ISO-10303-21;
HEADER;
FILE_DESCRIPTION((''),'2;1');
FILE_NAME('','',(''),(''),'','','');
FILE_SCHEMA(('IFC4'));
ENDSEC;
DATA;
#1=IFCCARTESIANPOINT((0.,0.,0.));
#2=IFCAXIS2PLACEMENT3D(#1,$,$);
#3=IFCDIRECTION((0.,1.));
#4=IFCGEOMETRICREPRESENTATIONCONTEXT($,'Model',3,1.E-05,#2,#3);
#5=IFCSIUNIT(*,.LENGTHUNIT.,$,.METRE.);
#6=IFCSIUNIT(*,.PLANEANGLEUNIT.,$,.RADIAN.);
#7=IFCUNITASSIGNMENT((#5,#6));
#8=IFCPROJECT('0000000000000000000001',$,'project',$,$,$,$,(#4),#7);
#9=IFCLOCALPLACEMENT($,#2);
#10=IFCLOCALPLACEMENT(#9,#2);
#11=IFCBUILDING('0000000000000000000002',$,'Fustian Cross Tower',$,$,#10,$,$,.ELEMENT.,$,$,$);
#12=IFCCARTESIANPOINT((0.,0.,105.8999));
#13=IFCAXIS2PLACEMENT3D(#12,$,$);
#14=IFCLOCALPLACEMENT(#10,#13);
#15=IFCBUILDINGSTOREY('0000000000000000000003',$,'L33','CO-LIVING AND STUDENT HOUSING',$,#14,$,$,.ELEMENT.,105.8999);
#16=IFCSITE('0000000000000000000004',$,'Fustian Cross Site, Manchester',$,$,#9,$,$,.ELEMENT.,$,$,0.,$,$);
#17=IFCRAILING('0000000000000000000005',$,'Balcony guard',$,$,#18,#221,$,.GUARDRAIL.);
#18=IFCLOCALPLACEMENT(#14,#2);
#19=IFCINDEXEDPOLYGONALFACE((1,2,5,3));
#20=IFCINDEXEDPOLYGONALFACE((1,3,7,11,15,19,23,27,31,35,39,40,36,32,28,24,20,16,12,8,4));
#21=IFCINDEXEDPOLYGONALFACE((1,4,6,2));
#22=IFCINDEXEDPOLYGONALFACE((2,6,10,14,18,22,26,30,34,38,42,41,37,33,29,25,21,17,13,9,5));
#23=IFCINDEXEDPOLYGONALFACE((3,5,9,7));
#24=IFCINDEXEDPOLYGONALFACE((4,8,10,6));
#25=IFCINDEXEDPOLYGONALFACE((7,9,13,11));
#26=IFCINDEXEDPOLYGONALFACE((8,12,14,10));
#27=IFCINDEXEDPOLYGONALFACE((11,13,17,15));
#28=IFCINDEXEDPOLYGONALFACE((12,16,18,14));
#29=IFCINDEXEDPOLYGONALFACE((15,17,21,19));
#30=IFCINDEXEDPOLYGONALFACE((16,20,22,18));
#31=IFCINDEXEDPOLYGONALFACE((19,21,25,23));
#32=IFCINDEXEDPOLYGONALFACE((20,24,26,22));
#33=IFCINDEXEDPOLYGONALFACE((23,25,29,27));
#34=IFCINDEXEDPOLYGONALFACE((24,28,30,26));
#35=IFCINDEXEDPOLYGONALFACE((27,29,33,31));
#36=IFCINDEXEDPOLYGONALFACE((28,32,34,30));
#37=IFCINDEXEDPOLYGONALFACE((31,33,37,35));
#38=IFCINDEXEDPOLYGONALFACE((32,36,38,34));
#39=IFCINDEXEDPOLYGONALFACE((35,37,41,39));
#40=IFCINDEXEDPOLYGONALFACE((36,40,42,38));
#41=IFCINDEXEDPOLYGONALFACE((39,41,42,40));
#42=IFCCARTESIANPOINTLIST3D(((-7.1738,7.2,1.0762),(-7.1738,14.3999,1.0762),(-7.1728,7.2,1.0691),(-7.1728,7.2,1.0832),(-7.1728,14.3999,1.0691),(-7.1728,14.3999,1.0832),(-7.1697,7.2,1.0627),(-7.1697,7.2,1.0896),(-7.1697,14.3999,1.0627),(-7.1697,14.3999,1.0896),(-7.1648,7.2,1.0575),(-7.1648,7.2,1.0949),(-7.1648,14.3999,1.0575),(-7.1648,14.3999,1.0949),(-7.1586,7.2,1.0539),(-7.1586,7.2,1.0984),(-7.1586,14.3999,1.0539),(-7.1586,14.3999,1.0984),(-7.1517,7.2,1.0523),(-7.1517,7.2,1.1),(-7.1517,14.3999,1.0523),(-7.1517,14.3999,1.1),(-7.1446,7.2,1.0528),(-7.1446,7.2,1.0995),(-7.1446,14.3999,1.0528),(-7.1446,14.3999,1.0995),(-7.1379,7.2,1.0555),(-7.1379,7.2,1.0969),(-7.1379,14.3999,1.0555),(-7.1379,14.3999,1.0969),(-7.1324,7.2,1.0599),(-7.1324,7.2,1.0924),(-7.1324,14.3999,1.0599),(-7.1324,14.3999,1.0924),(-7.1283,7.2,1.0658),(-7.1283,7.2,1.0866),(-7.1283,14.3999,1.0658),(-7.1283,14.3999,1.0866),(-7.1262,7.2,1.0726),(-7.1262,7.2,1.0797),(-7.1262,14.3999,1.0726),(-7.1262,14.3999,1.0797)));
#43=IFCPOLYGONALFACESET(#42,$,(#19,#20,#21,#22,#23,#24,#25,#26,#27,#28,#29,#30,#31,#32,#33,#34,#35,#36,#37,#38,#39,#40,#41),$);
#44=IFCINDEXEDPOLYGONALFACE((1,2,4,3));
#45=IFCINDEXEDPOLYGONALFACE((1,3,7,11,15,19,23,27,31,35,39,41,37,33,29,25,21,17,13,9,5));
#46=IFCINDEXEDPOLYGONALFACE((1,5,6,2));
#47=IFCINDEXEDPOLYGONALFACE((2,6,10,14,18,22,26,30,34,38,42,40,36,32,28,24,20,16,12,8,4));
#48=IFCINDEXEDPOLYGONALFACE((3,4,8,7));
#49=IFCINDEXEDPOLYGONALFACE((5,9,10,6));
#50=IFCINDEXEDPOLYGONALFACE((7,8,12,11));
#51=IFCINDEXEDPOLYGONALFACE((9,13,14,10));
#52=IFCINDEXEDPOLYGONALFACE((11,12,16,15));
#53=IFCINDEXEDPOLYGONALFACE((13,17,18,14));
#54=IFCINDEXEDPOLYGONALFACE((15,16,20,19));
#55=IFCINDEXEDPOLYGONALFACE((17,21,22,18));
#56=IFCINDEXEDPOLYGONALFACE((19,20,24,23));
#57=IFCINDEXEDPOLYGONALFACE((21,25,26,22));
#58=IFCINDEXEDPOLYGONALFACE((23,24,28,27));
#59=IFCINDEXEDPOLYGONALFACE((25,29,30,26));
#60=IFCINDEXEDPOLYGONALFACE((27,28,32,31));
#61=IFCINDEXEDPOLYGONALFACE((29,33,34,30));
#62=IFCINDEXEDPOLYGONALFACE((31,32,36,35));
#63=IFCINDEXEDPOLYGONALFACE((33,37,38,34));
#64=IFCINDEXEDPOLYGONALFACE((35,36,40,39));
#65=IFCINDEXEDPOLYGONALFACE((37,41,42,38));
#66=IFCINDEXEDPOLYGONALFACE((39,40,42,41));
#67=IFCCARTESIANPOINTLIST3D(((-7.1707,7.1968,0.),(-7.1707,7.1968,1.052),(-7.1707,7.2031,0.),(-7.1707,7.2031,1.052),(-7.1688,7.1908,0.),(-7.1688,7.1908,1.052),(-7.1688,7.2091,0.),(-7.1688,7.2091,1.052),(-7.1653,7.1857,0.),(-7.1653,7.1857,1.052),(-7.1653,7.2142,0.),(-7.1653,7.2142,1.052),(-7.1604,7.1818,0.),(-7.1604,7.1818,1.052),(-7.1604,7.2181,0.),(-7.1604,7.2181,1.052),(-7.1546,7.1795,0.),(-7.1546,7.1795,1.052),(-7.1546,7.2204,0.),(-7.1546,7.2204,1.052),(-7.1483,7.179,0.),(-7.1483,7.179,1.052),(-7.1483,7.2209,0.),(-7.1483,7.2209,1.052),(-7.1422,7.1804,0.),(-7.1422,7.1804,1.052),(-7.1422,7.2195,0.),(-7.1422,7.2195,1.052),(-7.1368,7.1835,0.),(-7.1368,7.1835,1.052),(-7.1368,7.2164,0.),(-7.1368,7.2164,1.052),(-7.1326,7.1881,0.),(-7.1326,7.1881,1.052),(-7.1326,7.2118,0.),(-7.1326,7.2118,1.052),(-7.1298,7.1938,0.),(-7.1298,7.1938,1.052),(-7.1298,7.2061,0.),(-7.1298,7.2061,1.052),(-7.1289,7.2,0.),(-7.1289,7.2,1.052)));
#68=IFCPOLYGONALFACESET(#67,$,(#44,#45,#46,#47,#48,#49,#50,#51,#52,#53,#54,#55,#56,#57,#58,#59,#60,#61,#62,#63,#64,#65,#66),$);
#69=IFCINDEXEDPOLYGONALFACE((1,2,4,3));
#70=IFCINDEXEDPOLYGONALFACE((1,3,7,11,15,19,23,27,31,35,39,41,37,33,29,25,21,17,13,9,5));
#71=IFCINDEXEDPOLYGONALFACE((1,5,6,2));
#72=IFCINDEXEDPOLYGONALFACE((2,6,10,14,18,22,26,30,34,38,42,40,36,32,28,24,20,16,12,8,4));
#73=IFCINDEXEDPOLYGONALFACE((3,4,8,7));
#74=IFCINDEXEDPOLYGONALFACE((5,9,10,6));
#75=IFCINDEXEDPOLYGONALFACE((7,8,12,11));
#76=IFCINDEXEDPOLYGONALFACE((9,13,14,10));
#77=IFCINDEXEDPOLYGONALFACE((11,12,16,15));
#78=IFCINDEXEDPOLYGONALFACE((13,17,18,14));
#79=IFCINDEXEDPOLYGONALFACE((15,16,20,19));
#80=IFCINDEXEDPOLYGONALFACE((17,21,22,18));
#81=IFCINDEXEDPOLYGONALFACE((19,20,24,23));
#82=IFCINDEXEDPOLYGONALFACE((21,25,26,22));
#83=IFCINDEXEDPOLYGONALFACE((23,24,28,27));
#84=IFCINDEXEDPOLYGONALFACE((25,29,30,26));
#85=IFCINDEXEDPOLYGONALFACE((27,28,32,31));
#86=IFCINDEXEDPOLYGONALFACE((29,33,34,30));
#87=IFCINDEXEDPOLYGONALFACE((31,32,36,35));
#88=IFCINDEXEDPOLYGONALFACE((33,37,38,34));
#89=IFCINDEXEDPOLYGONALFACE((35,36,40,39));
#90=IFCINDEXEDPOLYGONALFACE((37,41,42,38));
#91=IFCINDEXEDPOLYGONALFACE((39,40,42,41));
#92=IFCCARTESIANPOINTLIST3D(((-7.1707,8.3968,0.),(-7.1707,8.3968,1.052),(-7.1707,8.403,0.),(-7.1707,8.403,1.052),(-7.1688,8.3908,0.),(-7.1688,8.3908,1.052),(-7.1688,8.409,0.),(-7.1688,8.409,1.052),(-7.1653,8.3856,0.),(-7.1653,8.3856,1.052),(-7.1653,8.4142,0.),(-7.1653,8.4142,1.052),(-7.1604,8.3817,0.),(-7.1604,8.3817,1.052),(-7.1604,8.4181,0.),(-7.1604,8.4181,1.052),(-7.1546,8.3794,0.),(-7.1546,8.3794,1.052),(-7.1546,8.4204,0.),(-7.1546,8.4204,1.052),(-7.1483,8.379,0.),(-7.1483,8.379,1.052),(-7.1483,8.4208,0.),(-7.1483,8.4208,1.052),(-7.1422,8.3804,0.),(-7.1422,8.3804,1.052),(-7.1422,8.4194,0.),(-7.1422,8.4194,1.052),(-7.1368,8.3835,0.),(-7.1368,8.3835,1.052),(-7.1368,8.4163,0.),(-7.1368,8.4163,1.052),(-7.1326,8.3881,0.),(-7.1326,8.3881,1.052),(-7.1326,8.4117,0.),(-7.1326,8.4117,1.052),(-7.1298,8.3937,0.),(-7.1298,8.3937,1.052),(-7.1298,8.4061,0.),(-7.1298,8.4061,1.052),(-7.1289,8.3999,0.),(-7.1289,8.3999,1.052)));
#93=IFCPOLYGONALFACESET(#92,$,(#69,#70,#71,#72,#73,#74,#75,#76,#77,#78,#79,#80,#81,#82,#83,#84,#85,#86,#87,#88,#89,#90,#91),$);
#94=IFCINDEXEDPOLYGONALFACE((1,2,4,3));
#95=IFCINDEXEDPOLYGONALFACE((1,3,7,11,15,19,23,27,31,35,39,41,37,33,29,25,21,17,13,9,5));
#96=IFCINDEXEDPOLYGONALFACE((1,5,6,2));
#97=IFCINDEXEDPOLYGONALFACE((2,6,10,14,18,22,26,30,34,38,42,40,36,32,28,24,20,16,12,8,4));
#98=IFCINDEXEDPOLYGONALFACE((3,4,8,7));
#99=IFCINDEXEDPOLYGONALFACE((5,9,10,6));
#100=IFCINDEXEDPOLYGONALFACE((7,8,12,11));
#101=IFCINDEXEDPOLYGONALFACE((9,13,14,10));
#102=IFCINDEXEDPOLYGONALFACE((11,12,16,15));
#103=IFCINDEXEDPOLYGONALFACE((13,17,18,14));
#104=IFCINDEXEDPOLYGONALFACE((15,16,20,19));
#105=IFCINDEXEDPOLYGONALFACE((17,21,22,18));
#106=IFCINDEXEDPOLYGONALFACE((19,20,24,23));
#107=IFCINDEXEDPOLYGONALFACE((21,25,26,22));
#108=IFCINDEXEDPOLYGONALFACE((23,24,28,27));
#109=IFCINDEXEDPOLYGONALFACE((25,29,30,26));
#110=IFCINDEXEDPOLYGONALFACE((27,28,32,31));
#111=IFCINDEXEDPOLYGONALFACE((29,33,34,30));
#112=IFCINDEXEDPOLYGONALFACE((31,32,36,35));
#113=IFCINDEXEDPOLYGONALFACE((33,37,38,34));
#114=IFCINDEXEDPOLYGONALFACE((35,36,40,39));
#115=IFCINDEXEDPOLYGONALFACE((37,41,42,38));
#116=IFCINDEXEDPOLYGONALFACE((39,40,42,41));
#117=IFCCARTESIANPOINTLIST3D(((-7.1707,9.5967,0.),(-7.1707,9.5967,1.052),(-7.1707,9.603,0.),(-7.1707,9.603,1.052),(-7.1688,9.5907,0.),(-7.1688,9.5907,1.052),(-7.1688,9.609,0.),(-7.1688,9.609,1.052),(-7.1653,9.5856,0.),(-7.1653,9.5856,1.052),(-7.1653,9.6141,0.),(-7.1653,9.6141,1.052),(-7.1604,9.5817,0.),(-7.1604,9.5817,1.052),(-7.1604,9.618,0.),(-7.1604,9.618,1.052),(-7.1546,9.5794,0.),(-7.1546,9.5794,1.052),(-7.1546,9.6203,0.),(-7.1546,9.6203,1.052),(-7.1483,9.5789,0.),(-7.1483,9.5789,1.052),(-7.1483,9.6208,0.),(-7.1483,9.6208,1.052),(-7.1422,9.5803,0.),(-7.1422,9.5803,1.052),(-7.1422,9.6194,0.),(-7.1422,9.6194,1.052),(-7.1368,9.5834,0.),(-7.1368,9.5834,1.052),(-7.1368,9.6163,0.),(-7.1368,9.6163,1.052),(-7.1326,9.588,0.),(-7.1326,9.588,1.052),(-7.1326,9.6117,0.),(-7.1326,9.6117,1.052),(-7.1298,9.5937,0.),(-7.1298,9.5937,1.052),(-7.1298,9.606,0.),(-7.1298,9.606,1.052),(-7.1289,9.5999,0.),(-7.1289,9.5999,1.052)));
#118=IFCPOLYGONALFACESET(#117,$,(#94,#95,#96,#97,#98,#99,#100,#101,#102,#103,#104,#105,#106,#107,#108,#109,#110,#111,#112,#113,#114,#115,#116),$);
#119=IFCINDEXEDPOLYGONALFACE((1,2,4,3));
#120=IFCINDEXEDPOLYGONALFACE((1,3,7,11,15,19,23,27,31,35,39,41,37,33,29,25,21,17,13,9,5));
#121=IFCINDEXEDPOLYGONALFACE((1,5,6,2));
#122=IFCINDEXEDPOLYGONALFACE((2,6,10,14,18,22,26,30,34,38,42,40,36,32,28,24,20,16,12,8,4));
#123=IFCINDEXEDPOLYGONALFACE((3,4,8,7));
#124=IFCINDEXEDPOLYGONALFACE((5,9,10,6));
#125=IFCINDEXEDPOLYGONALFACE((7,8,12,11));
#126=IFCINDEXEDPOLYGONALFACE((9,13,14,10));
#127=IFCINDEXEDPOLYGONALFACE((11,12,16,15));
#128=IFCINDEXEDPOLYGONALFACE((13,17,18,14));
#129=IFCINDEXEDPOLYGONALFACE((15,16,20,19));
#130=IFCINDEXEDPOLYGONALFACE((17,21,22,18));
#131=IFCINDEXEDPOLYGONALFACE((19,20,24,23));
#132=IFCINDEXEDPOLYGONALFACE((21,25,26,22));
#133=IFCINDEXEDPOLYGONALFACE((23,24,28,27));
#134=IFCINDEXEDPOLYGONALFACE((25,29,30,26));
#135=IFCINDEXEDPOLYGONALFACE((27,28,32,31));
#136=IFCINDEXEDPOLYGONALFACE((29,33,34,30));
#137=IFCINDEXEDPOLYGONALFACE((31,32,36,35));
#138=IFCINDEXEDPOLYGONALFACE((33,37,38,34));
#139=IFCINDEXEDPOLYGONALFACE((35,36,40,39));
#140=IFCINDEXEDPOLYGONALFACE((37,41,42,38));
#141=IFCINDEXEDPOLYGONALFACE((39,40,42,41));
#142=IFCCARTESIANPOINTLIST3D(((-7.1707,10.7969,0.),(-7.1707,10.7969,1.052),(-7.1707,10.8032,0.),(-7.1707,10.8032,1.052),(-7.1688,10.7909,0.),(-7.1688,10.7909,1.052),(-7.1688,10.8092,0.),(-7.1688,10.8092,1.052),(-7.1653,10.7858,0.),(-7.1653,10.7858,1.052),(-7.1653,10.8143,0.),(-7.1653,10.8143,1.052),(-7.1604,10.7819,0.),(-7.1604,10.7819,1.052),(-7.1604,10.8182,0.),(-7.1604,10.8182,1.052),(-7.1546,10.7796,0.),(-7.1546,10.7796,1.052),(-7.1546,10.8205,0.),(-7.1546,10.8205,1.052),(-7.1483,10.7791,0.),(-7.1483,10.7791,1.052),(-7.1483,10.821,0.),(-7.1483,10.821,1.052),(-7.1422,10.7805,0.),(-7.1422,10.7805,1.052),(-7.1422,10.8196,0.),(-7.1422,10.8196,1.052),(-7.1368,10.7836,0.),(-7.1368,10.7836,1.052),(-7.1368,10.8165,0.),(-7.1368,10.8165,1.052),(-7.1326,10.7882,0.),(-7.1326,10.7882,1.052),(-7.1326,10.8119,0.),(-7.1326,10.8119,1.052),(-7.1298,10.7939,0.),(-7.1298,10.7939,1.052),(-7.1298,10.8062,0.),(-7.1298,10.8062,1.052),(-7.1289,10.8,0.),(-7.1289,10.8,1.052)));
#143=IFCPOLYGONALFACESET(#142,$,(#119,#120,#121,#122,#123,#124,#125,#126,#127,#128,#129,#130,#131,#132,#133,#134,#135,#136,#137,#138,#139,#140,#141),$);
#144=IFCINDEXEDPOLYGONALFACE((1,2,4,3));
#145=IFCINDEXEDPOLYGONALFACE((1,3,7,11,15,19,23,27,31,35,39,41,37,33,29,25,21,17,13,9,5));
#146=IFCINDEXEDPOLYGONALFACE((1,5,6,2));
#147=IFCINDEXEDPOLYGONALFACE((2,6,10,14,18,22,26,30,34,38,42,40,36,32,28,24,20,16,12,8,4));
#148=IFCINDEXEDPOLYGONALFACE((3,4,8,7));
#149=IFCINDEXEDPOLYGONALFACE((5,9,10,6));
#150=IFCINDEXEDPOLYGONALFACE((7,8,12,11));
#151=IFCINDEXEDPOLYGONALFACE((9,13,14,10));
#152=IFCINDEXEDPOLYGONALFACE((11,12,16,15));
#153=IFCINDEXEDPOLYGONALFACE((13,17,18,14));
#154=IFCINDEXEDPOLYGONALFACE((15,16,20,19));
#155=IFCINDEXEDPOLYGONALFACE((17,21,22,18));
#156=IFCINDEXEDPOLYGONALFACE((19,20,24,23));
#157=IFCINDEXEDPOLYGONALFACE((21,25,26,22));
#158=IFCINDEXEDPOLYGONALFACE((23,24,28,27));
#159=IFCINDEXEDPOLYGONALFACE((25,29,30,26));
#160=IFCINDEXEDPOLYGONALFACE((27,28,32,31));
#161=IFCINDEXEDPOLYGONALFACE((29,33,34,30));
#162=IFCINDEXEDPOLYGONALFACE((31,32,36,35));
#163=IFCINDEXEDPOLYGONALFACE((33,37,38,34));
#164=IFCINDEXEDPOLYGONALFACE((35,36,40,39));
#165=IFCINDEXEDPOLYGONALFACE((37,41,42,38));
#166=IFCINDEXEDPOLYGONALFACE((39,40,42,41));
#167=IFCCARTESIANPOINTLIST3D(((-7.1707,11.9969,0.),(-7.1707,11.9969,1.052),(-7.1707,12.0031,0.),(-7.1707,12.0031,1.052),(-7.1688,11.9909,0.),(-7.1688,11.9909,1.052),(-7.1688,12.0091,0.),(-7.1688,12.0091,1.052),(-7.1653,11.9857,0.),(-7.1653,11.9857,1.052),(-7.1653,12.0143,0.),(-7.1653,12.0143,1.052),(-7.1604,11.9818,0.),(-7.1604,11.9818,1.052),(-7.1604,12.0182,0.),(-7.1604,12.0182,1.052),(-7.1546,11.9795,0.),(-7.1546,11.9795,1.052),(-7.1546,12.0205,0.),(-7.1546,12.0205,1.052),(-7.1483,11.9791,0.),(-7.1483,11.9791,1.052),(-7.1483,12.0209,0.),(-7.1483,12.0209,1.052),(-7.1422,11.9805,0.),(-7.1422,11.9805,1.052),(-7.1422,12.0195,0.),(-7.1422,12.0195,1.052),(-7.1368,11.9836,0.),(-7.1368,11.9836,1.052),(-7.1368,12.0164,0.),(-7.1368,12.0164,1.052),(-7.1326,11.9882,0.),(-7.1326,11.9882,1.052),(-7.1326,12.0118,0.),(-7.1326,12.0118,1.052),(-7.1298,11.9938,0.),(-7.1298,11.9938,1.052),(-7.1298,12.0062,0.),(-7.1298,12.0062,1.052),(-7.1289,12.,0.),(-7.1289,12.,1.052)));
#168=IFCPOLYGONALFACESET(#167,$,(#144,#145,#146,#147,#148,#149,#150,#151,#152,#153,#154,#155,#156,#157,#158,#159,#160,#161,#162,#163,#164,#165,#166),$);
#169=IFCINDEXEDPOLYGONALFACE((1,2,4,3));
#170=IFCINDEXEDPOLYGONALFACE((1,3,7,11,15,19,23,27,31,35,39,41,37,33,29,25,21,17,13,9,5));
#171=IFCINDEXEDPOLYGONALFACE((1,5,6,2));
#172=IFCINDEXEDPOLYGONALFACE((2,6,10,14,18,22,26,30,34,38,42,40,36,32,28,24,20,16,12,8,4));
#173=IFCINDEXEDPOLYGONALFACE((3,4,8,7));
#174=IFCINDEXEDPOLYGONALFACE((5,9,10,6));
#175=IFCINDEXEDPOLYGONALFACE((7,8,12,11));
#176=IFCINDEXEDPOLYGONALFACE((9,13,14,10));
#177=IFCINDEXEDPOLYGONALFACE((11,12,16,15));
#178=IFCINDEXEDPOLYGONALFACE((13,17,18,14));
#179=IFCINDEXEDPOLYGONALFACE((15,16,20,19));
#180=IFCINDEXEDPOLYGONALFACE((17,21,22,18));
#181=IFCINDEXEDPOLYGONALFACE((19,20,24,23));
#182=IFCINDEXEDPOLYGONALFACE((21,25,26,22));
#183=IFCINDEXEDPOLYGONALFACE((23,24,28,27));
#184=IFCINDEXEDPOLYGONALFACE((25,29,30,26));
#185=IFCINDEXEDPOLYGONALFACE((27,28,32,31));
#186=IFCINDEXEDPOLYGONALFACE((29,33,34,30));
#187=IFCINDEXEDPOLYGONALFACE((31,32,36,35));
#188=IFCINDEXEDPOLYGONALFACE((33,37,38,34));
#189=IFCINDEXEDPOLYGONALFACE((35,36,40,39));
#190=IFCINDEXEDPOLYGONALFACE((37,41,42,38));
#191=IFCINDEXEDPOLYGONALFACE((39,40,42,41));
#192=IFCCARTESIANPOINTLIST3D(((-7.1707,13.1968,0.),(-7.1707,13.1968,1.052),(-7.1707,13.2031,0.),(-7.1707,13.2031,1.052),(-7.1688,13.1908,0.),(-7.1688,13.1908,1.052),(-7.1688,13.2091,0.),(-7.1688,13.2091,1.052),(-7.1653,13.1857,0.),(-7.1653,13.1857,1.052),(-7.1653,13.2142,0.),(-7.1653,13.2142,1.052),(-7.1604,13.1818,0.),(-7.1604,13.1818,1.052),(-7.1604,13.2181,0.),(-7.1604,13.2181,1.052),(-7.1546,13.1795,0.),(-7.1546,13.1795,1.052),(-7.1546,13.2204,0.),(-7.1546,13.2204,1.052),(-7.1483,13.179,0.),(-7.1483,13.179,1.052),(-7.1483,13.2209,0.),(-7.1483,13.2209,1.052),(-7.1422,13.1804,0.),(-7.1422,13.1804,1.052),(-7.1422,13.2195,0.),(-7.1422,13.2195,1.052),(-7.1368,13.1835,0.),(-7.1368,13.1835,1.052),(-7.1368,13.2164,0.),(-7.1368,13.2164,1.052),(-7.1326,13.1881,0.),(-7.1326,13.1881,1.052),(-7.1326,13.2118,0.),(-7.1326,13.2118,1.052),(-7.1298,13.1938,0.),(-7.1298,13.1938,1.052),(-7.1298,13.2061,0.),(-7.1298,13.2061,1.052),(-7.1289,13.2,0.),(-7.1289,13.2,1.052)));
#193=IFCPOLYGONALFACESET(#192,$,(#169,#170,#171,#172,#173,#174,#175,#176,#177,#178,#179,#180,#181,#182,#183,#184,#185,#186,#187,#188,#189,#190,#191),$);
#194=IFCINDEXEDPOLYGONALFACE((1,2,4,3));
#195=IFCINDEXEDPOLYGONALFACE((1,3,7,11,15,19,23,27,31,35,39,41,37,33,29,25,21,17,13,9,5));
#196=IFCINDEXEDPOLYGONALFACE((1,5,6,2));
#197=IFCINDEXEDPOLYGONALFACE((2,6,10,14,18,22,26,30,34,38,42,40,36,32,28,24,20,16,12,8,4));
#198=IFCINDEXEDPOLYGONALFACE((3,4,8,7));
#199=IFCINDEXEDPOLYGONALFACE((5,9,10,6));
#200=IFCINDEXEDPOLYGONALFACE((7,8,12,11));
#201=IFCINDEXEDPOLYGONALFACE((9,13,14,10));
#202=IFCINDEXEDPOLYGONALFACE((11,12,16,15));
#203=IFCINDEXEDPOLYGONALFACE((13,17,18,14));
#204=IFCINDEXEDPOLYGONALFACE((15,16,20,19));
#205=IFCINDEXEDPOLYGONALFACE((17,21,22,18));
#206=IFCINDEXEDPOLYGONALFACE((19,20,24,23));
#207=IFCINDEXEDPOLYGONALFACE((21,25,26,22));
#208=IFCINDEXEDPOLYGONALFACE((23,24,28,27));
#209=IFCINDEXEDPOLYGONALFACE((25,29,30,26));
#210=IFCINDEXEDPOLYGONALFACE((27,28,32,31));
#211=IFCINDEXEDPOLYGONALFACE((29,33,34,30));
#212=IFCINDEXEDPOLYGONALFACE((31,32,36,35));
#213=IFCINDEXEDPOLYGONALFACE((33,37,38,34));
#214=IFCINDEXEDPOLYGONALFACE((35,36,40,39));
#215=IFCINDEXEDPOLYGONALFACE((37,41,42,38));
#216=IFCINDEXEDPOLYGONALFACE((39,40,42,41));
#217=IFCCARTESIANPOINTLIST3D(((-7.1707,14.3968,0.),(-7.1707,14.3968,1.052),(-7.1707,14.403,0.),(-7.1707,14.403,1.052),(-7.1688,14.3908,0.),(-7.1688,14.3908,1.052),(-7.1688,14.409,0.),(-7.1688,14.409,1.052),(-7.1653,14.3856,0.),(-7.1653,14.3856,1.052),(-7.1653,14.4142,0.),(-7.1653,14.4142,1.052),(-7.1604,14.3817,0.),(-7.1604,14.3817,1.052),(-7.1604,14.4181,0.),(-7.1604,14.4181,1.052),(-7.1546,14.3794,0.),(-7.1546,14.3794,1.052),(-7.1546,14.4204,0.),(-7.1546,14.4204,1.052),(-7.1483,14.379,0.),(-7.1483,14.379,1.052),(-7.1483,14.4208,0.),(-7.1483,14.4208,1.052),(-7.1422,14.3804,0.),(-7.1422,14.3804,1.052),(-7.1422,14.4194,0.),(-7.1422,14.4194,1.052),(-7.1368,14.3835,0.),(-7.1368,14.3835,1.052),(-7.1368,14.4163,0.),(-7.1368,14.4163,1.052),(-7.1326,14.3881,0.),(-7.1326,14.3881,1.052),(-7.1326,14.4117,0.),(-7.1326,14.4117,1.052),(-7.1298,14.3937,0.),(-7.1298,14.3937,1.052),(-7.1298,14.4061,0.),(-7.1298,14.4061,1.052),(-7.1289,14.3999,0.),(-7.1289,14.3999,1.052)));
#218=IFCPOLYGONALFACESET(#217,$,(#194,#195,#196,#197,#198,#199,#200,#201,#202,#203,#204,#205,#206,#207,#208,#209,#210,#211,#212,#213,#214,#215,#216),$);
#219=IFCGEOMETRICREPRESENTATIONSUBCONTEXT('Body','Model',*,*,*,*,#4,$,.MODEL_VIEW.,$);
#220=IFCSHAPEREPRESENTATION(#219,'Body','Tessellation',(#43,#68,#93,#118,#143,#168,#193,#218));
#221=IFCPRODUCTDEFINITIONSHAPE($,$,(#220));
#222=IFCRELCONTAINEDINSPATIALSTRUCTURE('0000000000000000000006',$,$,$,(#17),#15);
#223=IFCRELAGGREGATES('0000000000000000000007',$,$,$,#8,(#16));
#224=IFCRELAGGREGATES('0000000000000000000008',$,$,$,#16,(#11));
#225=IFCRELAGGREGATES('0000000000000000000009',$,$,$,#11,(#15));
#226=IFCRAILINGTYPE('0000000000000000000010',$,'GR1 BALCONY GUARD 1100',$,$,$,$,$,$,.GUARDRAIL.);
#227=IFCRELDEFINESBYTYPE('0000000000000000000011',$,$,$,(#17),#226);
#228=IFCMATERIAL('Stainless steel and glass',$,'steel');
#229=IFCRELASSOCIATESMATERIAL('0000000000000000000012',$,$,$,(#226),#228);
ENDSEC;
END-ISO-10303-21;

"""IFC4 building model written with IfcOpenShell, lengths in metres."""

from ifc_helpers import new_model, si_unit, direction, frame, origin, origin_2d, place, context, subcontext, project, spatial, circle, extrude, material, type_object, element, save


model = new_model("IFC4")

# Units and contexts
model_context = context("Model", 3, precision=1e-05, world=origin(), true_north=direction((0.0, 1.0)))
body_context = subcontext(model_context, "Body", "Model", "MODEL_VIEW")
ifc_project = project(units=[si_unit("LENGTHUNIT", "METRE"), si_unit("PLANEANGLEUNIT", "RADIAN")], contexts=[model_context])

# Site, building, storey
site_placement = place(None, origin())
site = spatial("IfcSite", under=ifc_project, at=site_placement, Name="Fustian Cross Site, Manchester", CompositionType="ELEMENT", RefElevation=0.0)
building_placement = place(site_placement, origin())
building = spatial("IfcBuilding", under=site, at=building_placement, Name="Fustian Cross Tower", CompositionType="ELEMENT")
storey_placement = place(building_placement, frame((0.0, 0.0, 105.8999)))
storey = spatial("IfcBuildingStorey", under=building, at=storey_placement, Name="L33", Description="CO-LIVING AND STUDENT HOUSING", CompositionType="ELEMENT", Elevation=105.8999)

# Railing
ifc_material_1 = material(Name="Stainless steel and glass", Category="steel")
railing_type = type_object("IfcRailingType", Name="GR1 BALCONY GUARD 1100", PredefinedType="GUARDRAIL", material=ifc_material_1)
railing_placement = place(storey_placement, frame((-7.1499, 7.2, 0.0)))
element("IfcRailing", 1, at=railing_placement, inside=storey, type_object=railing_type, Name="Balcony guard", PredefinedType="GUARDRAIL", context=body_context, shape_type="SweptSolid", body=[
    extrude(circle(Radius=0.0239, at=origin_2d()), frame((0.0, 0.0, 1.0762), z_axis=(0.0, 1.0, 0.0), x_axis=(-1.0, 0.0, 0.0)), (0.0, 0.0, 1.0), 7.2),
    extrude(circle(Radius=0.021, at=origin_2d()), origin(), (0.0, 0.0, 1.0), 1.052),
    extrude(circle(Radius=0.021, at=origin_2d()), frame((0.0, 1.2, 0.0)), (0.0, 0.0, 1.0), 1.052),
    extrude(circle(Radius=0.021, at=origin_2d()), frame((0.0, 2.3999, 0.0)), (0.0, 0.0, 1.0), 1.052),
    extrude(circle(Radius=0.021, at=origin_2d()), frame((0.0, 3.6001, 0.0)), (0.0, 0.0, 1.0), 1.052),
    extrude(circle(Radius=0.021, at=origin_2d()), frame((0.0, 4.8, 0.0)), (0.0, 0.0, 1.0), 1.052),
    extrude(circle(Radius=0.021, at=origin_2d()), frame((0.0, 6.0, 0.0)), (0.0, 0.0, 1.0), 1.052),
    extrude(circle(Radius=0.021, at=origin_2d()), frame((0.0, 7.2, 0.0)), (0.0, 0.0, 1.0), 1.052),
])

save(model, "model.ifc")
